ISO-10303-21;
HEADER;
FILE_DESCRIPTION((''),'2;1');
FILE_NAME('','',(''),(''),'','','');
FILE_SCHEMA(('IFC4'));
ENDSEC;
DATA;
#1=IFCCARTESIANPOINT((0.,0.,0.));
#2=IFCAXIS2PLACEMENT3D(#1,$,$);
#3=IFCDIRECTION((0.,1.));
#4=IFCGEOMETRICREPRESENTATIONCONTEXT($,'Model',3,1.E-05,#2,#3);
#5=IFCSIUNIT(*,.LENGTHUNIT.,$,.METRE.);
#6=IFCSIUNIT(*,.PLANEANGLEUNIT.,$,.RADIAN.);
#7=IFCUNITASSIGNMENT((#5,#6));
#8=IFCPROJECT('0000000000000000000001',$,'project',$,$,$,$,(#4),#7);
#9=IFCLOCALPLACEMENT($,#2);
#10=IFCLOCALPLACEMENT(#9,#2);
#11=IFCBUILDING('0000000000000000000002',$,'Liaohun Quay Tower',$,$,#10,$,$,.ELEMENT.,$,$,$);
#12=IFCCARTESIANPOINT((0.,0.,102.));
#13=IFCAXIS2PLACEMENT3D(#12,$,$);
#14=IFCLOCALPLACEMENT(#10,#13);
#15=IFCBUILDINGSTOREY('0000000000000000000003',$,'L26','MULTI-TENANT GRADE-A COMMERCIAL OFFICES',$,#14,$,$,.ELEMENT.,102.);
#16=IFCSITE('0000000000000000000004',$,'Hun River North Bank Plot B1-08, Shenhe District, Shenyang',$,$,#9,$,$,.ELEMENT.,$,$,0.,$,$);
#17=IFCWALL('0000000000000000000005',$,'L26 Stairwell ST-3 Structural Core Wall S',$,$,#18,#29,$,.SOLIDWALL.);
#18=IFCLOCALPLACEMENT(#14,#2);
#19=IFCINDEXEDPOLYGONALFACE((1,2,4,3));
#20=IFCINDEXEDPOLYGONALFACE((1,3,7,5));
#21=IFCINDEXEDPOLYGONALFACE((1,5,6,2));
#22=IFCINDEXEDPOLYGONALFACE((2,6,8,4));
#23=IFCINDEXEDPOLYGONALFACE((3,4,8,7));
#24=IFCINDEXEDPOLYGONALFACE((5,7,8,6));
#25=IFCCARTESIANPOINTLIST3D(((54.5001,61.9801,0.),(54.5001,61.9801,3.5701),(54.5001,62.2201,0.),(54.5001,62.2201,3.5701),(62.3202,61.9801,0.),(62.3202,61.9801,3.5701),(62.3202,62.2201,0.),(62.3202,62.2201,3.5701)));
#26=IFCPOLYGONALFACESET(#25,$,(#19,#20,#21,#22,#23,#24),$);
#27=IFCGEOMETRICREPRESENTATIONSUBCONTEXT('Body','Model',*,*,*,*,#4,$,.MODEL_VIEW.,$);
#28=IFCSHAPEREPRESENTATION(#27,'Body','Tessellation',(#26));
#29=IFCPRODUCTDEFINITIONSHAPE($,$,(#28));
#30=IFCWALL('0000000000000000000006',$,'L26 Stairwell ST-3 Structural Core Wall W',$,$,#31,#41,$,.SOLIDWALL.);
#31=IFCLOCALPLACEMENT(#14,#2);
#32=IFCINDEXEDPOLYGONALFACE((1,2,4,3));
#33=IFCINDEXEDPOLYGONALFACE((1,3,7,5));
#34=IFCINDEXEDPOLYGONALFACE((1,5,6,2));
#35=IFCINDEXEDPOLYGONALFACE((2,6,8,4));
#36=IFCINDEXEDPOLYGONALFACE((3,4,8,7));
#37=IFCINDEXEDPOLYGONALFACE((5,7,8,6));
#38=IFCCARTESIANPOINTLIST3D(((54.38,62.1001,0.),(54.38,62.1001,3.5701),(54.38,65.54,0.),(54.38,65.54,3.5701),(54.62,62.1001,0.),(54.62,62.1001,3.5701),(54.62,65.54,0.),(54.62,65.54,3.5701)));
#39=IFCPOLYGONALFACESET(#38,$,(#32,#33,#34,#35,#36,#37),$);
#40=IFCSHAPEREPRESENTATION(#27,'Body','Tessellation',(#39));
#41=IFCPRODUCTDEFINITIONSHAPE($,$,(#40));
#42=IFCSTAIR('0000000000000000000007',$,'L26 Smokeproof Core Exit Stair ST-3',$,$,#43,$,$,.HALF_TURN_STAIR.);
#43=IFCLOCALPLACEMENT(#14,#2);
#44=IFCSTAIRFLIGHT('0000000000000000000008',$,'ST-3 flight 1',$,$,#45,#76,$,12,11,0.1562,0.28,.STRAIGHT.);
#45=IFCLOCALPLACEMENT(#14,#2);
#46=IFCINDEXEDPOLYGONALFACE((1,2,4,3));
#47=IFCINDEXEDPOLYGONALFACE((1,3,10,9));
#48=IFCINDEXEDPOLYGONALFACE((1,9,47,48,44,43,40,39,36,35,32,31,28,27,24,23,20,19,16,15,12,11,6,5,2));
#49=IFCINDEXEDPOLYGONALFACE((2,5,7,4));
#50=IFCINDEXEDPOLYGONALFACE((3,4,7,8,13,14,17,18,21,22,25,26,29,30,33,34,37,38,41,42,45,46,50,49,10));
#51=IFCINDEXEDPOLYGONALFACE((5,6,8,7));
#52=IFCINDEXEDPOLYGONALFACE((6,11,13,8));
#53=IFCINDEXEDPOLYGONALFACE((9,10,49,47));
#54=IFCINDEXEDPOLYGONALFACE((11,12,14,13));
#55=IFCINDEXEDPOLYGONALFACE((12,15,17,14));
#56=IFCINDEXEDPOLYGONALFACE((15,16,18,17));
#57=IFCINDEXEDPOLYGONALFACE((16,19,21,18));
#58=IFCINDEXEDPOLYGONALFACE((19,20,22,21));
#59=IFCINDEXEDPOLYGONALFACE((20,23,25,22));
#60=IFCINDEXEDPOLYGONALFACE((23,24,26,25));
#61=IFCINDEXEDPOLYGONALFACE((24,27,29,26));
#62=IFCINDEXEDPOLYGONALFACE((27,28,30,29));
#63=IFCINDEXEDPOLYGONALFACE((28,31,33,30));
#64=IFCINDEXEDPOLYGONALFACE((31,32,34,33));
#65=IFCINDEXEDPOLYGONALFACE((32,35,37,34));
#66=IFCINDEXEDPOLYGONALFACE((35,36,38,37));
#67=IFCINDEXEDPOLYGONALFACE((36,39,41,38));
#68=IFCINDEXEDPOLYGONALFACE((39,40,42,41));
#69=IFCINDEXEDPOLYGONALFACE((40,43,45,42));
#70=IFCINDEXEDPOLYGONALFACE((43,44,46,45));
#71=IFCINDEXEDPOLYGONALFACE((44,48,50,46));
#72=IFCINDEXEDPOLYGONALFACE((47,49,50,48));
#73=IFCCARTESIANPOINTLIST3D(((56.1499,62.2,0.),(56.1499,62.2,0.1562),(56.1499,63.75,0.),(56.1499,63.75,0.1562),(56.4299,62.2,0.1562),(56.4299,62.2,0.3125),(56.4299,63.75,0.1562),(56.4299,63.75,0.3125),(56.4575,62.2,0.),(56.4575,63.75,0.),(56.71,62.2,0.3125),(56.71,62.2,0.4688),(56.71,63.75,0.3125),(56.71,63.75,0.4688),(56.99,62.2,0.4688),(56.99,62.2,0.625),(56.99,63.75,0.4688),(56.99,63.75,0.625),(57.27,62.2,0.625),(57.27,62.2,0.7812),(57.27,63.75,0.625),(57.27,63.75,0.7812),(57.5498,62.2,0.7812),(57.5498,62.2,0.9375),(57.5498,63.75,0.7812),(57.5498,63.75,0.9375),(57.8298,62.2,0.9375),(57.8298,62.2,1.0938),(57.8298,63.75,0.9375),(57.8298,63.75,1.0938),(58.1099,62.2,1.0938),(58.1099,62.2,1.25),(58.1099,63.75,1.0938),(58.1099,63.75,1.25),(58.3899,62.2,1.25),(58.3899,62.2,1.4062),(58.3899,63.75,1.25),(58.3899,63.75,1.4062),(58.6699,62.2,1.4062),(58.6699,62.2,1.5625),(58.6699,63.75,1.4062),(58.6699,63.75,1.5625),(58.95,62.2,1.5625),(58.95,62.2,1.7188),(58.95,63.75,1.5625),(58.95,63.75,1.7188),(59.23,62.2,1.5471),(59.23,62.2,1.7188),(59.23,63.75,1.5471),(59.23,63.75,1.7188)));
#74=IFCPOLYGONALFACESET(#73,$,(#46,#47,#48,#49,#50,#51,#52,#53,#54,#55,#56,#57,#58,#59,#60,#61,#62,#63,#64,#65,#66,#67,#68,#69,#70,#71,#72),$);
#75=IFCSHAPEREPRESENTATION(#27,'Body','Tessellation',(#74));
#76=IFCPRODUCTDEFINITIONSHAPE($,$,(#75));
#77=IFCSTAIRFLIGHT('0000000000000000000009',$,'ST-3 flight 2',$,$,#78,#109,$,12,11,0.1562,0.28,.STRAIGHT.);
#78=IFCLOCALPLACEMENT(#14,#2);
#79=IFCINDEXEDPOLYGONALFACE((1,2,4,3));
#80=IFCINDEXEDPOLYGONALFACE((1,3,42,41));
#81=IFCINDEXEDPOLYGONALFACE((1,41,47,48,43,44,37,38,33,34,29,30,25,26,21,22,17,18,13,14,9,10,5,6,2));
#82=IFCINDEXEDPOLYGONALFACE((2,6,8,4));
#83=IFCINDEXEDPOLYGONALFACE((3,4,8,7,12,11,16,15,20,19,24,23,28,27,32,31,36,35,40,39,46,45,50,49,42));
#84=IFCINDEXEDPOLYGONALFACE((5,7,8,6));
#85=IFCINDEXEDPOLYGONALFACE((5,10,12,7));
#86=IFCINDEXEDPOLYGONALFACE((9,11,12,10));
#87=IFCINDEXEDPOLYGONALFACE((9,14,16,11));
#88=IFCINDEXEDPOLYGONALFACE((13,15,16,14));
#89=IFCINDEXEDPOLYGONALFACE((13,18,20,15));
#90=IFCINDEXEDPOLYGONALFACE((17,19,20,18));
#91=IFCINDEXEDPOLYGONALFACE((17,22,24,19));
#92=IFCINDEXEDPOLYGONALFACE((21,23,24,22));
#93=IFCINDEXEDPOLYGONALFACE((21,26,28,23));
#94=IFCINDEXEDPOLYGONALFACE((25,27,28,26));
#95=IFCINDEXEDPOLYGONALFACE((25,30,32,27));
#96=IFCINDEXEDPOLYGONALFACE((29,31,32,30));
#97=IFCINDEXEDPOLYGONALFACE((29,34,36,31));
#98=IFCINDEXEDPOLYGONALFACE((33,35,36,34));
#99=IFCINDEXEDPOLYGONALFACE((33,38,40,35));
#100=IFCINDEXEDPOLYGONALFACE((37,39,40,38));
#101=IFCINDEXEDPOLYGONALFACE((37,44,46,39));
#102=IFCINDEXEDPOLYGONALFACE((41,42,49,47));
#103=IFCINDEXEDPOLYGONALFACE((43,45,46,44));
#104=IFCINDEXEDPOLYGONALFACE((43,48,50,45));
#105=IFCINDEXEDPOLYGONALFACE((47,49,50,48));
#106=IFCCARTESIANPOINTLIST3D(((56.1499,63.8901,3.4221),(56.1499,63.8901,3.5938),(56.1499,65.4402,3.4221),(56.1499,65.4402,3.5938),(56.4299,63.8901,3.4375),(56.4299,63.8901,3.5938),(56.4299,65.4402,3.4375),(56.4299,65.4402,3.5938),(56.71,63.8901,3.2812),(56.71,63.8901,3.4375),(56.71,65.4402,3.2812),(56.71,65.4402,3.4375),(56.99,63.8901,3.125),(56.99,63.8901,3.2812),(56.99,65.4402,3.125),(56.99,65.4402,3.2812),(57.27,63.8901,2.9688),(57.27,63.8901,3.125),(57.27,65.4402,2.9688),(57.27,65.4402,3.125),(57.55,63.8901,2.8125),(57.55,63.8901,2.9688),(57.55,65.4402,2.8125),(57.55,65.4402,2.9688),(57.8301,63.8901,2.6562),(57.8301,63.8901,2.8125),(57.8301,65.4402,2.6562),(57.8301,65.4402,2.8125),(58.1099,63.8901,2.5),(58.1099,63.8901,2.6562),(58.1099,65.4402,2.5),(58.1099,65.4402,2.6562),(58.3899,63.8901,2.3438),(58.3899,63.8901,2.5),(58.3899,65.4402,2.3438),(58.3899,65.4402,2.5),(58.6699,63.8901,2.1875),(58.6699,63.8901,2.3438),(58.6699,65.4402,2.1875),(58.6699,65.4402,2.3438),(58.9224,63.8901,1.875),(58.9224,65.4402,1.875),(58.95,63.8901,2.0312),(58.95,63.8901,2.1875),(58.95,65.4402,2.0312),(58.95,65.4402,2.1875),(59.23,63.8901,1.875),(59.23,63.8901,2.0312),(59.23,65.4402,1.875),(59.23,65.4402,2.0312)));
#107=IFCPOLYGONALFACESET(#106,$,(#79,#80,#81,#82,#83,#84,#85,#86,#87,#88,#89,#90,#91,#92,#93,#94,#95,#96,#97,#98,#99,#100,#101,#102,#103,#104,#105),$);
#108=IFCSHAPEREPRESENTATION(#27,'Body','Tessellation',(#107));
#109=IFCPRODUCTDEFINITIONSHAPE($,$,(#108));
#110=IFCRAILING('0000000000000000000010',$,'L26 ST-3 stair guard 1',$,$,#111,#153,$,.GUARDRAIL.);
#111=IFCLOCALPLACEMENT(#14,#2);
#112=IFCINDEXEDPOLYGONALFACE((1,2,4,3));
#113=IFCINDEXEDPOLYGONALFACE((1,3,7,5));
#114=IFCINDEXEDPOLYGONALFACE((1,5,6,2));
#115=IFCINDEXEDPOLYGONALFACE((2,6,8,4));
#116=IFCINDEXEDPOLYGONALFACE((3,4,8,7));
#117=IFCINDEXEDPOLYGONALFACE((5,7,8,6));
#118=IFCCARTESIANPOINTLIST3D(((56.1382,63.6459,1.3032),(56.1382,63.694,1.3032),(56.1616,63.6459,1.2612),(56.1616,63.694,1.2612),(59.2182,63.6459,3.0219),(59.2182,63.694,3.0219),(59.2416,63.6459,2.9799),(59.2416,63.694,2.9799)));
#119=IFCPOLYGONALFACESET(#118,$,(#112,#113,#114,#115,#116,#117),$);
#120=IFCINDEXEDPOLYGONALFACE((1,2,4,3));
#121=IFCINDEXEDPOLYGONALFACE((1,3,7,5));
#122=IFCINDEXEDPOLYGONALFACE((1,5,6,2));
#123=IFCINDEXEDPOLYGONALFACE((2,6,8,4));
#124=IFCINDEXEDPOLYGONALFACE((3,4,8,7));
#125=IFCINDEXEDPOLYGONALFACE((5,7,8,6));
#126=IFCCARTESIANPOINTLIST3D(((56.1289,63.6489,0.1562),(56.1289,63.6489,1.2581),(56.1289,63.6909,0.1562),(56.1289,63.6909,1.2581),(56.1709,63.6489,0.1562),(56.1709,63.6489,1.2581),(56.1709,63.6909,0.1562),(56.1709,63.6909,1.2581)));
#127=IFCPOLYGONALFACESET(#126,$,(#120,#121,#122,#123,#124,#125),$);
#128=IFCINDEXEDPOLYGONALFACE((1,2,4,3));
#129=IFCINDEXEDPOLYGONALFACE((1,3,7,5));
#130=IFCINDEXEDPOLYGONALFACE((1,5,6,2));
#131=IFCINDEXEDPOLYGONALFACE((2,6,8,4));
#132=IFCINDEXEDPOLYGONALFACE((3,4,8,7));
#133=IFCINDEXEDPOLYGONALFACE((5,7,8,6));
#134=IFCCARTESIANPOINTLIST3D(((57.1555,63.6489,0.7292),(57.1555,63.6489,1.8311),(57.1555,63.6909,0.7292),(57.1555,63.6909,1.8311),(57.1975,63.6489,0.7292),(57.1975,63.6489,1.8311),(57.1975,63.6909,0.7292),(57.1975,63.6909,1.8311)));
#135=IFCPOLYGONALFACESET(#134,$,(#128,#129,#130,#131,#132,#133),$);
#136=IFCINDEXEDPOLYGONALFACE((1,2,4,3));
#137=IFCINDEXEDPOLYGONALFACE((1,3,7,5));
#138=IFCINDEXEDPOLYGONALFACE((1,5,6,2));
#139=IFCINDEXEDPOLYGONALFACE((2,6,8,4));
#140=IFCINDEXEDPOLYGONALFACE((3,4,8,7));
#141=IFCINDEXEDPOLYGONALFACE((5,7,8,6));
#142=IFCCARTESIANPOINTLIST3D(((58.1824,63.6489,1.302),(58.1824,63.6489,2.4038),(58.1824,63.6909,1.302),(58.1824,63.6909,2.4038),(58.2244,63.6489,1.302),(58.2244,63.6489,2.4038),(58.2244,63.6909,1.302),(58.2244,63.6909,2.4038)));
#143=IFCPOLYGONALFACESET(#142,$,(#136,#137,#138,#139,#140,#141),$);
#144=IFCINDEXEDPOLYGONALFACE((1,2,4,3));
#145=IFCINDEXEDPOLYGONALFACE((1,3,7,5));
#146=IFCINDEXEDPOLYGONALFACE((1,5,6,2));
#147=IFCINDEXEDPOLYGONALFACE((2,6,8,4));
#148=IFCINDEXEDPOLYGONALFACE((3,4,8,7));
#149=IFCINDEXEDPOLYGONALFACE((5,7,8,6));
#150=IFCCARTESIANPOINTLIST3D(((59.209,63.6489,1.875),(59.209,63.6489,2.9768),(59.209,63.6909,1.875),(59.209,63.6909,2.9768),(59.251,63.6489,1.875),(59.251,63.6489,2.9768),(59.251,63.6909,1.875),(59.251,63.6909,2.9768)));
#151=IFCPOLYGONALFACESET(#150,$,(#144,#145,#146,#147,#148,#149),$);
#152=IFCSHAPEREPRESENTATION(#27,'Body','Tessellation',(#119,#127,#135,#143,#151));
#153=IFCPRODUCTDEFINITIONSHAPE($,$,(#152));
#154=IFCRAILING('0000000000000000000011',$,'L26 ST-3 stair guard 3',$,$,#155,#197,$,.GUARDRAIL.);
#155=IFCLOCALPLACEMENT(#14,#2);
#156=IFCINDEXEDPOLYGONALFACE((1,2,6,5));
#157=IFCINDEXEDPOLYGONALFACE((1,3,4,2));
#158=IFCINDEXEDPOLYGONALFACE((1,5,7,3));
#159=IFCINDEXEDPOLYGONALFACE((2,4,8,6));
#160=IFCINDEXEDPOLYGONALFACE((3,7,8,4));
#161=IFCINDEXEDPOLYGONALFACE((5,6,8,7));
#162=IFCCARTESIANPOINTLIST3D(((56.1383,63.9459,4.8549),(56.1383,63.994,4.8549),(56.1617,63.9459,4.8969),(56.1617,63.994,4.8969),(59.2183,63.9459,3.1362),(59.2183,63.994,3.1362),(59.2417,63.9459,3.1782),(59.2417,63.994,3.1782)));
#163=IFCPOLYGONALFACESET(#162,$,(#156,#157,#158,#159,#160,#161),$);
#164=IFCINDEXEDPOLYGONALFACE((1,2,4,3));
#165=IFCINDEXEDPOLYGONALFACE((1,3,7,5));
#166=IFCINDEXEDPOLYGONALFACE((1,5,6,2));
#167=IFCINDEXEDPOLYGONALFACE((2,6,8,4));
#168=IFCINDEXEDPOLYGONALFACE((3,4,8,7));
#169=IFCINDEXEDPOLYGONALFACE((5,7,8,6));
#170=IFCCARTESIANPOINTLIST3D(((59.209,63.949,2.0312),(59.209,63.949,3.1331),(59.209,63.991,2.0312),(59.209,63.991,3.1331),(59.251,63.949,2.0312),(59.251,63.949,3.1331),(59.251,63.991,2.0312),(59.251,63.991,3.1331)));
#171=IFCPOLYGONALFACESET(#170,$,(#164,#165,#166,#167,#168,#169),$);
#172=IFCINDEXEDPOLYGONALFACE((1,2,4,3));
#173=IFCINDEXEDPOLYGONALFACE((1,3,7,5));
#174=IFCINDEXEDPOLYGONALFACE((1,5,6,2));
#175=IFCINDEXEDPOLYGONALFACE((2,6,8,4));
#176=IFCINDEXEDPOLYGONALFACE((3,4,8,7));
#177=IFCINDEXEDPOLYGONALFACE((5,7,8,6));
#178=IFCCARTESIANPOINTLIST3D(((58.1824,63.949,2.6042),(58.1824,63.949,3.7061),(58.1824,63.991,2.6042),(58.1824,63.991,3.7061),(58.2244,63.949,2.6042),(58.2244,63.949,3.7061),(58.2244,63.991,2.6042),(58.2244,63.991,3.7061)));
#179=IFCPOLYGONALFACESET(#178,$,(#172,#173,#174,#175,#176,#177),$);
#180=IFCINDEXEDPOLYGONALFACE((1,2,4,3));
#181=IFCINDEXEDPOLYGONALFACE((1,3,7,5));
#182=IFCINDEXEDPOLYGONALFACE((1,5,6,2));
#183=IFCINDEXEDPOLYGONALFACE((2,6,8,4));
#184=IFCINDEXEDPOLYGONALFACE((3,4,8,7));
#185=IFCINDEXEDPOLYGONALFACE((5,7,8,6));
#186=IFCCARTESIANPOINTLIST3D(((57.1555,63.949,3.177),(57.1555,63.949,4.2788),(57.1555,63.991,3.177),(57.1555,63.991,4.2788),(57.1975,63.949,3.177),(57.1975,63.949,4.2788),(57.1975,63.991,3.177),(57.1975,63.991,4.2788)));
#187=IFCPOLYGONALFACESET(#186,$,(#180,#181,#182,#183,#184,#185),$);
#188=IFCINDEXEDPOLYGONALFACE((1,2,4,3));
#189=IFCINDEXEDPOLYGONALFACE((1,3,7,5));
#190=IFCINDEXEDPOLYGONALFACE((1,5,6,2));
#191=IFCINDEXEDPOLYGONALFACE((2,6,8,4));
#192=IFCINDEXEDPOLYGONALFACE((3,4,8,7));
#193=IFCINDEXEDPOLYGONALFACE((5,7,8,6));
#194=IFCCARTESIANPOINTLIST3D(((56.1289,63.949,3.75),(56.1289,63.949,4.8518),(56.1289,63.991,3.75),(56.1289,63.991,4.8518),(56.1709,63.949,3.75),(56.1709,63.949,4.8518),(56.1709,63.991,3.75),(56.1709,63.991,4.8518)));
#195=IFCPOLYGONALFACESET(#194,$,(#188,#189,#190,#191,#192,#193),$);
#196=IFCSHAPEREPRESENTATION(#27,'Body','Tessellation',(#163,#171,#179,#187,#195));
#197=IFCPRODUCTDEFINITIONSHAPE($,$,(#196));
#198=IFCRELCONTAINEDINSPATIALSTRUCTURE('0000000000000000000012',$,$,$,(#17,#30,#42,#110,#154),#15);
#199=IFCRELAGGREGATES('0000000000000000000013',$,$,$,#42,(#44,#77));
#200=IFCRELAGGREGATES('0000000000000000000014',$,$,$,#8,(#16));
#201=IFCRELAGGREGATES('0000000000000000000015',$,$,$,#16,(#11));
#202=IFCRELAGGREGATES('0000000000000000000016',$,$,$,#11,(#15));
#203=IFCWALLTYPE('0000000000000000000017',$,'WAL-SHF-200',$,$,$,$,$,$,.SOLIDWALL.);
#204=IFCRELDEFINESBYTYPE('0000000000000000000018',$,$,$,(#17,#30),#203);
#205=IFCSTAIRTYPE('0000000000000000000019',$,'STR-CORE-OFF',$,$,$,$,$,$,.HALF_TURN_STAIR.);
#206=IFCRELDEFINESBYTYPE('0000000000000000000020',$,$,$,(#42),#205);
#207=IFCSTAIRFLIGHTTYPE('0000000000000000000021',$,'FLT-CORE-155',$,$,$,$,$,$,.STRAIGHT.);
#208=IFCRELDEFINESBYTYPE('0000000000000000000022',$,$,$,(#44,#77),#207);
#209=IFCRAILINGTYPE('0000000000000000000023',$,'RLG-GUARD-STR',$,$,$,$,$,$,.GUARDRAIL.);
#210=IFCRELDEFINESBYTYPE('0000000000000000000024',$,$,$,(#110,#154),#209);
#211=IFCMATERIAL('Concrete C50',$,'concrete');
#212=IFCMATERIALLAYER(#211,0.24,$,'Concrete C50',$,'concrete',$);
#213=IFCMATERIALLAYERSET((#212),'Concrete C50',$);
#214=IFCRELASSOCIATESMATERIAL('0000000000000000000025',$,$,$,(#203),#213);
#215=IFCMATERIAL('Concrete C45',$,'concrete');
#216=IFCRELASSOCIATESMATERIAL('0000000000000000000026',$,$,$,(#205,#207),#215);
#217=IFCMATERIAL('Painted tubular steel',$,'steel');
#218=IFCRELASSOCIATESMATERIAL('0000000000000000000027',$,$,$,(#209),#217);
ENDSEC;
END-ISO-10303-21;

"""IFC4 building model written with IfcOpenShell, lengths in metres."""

from ifc_helpers import new_model, si_unit, direction, frame, frame_2d, origin, origin_2d, place, context, subcontext, project, spatial, polyline, rectangle, outline, extrude, material, layer, layer_set, type_object, element, aggregate, save


model = new_model("IFC4")

# Units and contexts
model_context = context("Model", 3, precision=1e-05, world=origin(), true_north=direction((0.0, 1.0)))
body_context = subcontext(model_context, "Body", "Model", "MODEL_VIEW")
ifc_project = project(units=[si_unit("LENGTHUNIT", "METRE"), si_unit("PLANEANGLEUNIT", "RADIAN")], contexts=[model_context])

# Site, building, storey
site_placement = place(None, origin())
site = spatial("IfcSite", under=ifc_project, at=site_placement, Name="Hun River North Bank Plot B1-08, Shenhe District, Shenyang", CompositionType="ELEMENT", RefElevation=0.0)
building_placement = place(site_placement, origin())
building = spatial("IfcBuilding", under=site, at=building_placement, Name="Liaohun Quay Tower", CompositionType="ELEMENT")
storey_placement = place(building_placement, frame((0.0, 0.0, 102.0)))
storey = spatial("IfcBuildingStorey", under=building, at=storey_placement, Name="L26", Description="MULTI-TENANT GRADE-A COMMERCIAL OFFICES", CompositionType="ELEMENT", Elevation=102.0)

# Walls
ifc_material_1 = material(Name="Concrete C50", Category="concrete")
ifc_layer_1 = layer(ifc_material_1, 0.24, Name="Concrete C50", Category="concrete")
ifc_layer_set_1 = layer_set([ifc_layer_1], Name="Concrete C50")
wall_type_1 = type_object("IfcWallType", Name="WAL-SHF-200", PredefinedType="SOLIDWALL", material=ifc_layer_set_1)
wall_1_placement = place(storey_placement, frame((54.5, 62.1001, 0.0), z_axis=(0.0, 0.0, 1.0), x_axis=(1.0, 0.0, 0.0)))
element("IfcWall", 1, at=wall_1_placement, inside=storey, type_object=wall_type_1, Name="L26 Stairwell ST-3 Structural Core Wall S", PredefinedType="SOLIDWALL", context=body_context, shape_type="SweptSolid", body=[
    extrude(rectangle(XDim=7.8201, YDim=0.24, at=frame_2d((3.9102, 0.0))), origin(), (0.0, 0.0, 1.0), 3.5701),
])
wall_2_placement = place(storey_placement, frame((54.5, 65.54, 0.0), z_axis=(0.0, 0.0, 1.0), x_axis=(0.0, -1.0, 0.0)))
element("IfcWall", 2, at=wall_2_placement, inside=storey, type_object=wall_type_1, Name="L26 Stairwell ST-3 Structural Core Wall W", PredefinedType="SOLIDWALL", context=body_context, shape_type="SweptSolid", body=[
    extrude(rectangle(XDim=3.4399, YDim=0.24, at=frame_2d((1.72, 0.0))), origin(), (0.0, 0.0, 1.0), 3.5701),
])

# Stair, stair flights
ifc_material_2 = material(Name="Concrete C45", Category="concrete")
stair_type = type_object("IfcStairType", Name="STR-CORE-OFF", PredefinedType="HALF_TURN_STAIR", material=ifc_material_2)
stair_placement = place(storey_placement, origin())
stair = element("IfcStair", 3, at=stair_placement, inside=storey, type_object=stair_type, Name="L26 Smokeproof Core Exit Stair ST-3", PredefinedType="HALF_TURN_STAIR")
stair_flight_type = type_object("IfcStairFlightType", Name="FLT-CORE-155", PredefinedType="STRAIGHT", material=ifc_material_2)
stair_flight_1_placement = place(storey_placement, frame((56.1499, 62.9751, 0.0), z_axis=(0.0, 0.0, 1.0), x_axis=(1.0, 0.0, 0.0)))
stair_flight_1 = element("IfcStairFlight", 4, at=stair_flight_1_placement, type_object=stair_flight_type, Name="ST-3 flight 1", NumberOfRisers=12, NumberOfTreads=11, PredefinedType="STRAIGHT", RiserHeight=0.1562, TreadLength=0.28, context=body_context, shape_type="SweptSolid", body=[
    extrude(outline(polyline([(0.0, 0.0), (0.0, 0.1562), (0.28, 0.1562), (0.28, 0.3125), (0.5601, 0.3125), (0.5601, 0.4688), (0.8401, 0.4688), (0.8401, 0.625), (1.1201, 0.625), (1.1201, 0.7812), (1.3999, 0.7812), (1.3999, 0.9375), (1.6799, 0.9375), (1.6799, 1.0938), (1.96, 1.0938), (1.96, 1.25), (2.24, 1.25), (2.24, 1.4062), (2.52, 1.4062), (2.52, 1.5625), (2.8, 1.5625), (2.8, 1.7188), (3.0801, 1.7188), (3.0801, 1.875), (3.0801, 1.5471), (0.3076, 0.0), (0.0, 0.0)])), frame((0.0, 0.7749, 0.0), z_axis=(0.0, -1.0, 0.0), x_axis=(1.0, 0.0, 0.0)), (0.0, 0.0, 1.0), 1.55),
])
stair_flight_2_placement = place(storey_placement, frame((59.23, 64.665, 1.875), z_axis=(0.0, 0.0, 1.0), x_axis=(-1.0, 0.0, 0.0)))
stair_flight_2 = element("IfcStairFlight", 5, at=stair_flight_2_placement, type_object=stair_flight_type, Name="ST-3 flight 2", NumberOfRisers=12, NumberOfTreads=11, PredefinedType="STRAIGHT", RiserHeight=0.1562, TreadLength=0.28, context=body_context, shape_type="SweptSolid", body=[
    extrude(outline(polyline([(0.0, 0.0), (0.0, 0.1562), (0.28, 0.1562), (0.28, 0.3125), (0.5601, 0.3125), (0.5601, 0.4688), (0.8401, 0.4688), (0.8401, 0.625), (1.1201, 0.625), (1.1201, 0.7812), (1.3999, 0.7812), (1.3999, 0.9375), (1.6799, 0.9375), (1.6799, 1.0938), (1.96, 1.0938), (1.96, 1.25), (2.24, 1.25), (2.24, 1.4062), (2.52, 1.4062), (2.52, 1.5625), (2.8, 1.5625), (2.8, 1.7188), (3.0801, 1.7188), (3.0801, 1.875), (3.0801, 1.5471), (0.3076, 0.0), (0.0, 0.0)])), frame((0.0, 0.7749, 0.0), z_axis=(0.0, -1.0, 0.0), x_axis=(1.0, 0.0, 0.0)), (0.0, 0.0, 1.0), 1.55),
])
aggregate(stair, [stair_flight_1, stair_flight_2])

# Railings
ifc_material_3 = material(Name="Painted tubular steel", Category="steel")
railing_type_1 = type_object("IfcRailingType", Name="RLG-GUARD-STR", PredefinedType="GUARDRAIL", material=ifc_material_3)
railing_1_placement = place(storey_placement, frame((56.1499, 63.6699, 0.1562)))
element("IfcRailing", 6, at=railing_1_placement, inside=storey, type_object=railing_type_1, Name="L26 ST-3 stair guard 1", PredefinedType="GUARDRAIL", context=body_context, shape_type="SweptSolid", body=[
    extrude(rectangle(XDim=0.0481, YDim=0.0481, at=origin_2d()), frame((0.0, 0.0, 1.126), z_axis=(0.873242, 0.0, 0.487288), x_axis=(0.0, 1.0, 0.0)), (0.0, 0.0, 1.0), 3.5271),
    extrude(rectangle(XDim=0.042, YDim=0.042, at=origin_2d()), origin(), (0.0, 0.0, 1.0), 1.1018),
    extrude(rectangle(XDim=0.042, YDim=0.042, at=origin_2d()), frame((1.0266, 0.0, 0.573)), (0.0, 0.0, 1.0), 1.1018),
    extrude(rectangle(XDim=0.042, YDim=0.042, at=origin_2d()), frame((2.0535, 0.0, 1.1458)), (0.0, 0.0, 1.0), 1.1018),
    extrude(rectangle(XDim=0.042, YDim=0.042, at=origin_2d()), frame((3.0801, 0.0, 1.7188)), (0.0, 0.0, 1.0), 1.1018),
])
railing_2_placement = place(storey_placement, frame((59.23, 63.97, 2.0312)))
element("IfcRailing", 7, at=railing_2_placement, inside=storey, type_object=railing_type_1, Name="L26 ST-3 stair guard 3", PredefinedType="GUARDRAIL", context=body_context, shape_type="SweptSolid", body=[
    extrude(rectangle(XDim=0.0481, YDim=0.0481, at=origin_2d()), frame((0.0, 0.0, 1.126), z_axis=(-0.873242, 0.0, 0.487288), x_axis=(0.0, -1.0, 0.0)), (0.0, 0.0, 1.0), 3.5271),
    extrude(rectangle(XDim=0.042, YDim=0.042, at=origin_2d()), origin(), (0.0, 0.0, 1.0), 1.1018),
    extrude(rectangle(XDim=0.042, YDim=0.042, at=origin_2d()), frame((-1.0266, 0.0, 0.573)), (0.0, 0.0, 1.0), 1.1018),
    extrude(rectangle(XDim=0.042, YDim=0.042, at=origin_2d()), frame((-2.0535, 0.0, 1.1458)), (0.0, 0.0, 1.0), 1.1018),
    extrude(rectangle(XDim=0.042, YDim=0.042, at=origin_2d()), frame((-3.0801, 0.0, 1.7188)), (0.0, 0.0, 1.0), 1.1018),
])

save(model, "model.ifc")
